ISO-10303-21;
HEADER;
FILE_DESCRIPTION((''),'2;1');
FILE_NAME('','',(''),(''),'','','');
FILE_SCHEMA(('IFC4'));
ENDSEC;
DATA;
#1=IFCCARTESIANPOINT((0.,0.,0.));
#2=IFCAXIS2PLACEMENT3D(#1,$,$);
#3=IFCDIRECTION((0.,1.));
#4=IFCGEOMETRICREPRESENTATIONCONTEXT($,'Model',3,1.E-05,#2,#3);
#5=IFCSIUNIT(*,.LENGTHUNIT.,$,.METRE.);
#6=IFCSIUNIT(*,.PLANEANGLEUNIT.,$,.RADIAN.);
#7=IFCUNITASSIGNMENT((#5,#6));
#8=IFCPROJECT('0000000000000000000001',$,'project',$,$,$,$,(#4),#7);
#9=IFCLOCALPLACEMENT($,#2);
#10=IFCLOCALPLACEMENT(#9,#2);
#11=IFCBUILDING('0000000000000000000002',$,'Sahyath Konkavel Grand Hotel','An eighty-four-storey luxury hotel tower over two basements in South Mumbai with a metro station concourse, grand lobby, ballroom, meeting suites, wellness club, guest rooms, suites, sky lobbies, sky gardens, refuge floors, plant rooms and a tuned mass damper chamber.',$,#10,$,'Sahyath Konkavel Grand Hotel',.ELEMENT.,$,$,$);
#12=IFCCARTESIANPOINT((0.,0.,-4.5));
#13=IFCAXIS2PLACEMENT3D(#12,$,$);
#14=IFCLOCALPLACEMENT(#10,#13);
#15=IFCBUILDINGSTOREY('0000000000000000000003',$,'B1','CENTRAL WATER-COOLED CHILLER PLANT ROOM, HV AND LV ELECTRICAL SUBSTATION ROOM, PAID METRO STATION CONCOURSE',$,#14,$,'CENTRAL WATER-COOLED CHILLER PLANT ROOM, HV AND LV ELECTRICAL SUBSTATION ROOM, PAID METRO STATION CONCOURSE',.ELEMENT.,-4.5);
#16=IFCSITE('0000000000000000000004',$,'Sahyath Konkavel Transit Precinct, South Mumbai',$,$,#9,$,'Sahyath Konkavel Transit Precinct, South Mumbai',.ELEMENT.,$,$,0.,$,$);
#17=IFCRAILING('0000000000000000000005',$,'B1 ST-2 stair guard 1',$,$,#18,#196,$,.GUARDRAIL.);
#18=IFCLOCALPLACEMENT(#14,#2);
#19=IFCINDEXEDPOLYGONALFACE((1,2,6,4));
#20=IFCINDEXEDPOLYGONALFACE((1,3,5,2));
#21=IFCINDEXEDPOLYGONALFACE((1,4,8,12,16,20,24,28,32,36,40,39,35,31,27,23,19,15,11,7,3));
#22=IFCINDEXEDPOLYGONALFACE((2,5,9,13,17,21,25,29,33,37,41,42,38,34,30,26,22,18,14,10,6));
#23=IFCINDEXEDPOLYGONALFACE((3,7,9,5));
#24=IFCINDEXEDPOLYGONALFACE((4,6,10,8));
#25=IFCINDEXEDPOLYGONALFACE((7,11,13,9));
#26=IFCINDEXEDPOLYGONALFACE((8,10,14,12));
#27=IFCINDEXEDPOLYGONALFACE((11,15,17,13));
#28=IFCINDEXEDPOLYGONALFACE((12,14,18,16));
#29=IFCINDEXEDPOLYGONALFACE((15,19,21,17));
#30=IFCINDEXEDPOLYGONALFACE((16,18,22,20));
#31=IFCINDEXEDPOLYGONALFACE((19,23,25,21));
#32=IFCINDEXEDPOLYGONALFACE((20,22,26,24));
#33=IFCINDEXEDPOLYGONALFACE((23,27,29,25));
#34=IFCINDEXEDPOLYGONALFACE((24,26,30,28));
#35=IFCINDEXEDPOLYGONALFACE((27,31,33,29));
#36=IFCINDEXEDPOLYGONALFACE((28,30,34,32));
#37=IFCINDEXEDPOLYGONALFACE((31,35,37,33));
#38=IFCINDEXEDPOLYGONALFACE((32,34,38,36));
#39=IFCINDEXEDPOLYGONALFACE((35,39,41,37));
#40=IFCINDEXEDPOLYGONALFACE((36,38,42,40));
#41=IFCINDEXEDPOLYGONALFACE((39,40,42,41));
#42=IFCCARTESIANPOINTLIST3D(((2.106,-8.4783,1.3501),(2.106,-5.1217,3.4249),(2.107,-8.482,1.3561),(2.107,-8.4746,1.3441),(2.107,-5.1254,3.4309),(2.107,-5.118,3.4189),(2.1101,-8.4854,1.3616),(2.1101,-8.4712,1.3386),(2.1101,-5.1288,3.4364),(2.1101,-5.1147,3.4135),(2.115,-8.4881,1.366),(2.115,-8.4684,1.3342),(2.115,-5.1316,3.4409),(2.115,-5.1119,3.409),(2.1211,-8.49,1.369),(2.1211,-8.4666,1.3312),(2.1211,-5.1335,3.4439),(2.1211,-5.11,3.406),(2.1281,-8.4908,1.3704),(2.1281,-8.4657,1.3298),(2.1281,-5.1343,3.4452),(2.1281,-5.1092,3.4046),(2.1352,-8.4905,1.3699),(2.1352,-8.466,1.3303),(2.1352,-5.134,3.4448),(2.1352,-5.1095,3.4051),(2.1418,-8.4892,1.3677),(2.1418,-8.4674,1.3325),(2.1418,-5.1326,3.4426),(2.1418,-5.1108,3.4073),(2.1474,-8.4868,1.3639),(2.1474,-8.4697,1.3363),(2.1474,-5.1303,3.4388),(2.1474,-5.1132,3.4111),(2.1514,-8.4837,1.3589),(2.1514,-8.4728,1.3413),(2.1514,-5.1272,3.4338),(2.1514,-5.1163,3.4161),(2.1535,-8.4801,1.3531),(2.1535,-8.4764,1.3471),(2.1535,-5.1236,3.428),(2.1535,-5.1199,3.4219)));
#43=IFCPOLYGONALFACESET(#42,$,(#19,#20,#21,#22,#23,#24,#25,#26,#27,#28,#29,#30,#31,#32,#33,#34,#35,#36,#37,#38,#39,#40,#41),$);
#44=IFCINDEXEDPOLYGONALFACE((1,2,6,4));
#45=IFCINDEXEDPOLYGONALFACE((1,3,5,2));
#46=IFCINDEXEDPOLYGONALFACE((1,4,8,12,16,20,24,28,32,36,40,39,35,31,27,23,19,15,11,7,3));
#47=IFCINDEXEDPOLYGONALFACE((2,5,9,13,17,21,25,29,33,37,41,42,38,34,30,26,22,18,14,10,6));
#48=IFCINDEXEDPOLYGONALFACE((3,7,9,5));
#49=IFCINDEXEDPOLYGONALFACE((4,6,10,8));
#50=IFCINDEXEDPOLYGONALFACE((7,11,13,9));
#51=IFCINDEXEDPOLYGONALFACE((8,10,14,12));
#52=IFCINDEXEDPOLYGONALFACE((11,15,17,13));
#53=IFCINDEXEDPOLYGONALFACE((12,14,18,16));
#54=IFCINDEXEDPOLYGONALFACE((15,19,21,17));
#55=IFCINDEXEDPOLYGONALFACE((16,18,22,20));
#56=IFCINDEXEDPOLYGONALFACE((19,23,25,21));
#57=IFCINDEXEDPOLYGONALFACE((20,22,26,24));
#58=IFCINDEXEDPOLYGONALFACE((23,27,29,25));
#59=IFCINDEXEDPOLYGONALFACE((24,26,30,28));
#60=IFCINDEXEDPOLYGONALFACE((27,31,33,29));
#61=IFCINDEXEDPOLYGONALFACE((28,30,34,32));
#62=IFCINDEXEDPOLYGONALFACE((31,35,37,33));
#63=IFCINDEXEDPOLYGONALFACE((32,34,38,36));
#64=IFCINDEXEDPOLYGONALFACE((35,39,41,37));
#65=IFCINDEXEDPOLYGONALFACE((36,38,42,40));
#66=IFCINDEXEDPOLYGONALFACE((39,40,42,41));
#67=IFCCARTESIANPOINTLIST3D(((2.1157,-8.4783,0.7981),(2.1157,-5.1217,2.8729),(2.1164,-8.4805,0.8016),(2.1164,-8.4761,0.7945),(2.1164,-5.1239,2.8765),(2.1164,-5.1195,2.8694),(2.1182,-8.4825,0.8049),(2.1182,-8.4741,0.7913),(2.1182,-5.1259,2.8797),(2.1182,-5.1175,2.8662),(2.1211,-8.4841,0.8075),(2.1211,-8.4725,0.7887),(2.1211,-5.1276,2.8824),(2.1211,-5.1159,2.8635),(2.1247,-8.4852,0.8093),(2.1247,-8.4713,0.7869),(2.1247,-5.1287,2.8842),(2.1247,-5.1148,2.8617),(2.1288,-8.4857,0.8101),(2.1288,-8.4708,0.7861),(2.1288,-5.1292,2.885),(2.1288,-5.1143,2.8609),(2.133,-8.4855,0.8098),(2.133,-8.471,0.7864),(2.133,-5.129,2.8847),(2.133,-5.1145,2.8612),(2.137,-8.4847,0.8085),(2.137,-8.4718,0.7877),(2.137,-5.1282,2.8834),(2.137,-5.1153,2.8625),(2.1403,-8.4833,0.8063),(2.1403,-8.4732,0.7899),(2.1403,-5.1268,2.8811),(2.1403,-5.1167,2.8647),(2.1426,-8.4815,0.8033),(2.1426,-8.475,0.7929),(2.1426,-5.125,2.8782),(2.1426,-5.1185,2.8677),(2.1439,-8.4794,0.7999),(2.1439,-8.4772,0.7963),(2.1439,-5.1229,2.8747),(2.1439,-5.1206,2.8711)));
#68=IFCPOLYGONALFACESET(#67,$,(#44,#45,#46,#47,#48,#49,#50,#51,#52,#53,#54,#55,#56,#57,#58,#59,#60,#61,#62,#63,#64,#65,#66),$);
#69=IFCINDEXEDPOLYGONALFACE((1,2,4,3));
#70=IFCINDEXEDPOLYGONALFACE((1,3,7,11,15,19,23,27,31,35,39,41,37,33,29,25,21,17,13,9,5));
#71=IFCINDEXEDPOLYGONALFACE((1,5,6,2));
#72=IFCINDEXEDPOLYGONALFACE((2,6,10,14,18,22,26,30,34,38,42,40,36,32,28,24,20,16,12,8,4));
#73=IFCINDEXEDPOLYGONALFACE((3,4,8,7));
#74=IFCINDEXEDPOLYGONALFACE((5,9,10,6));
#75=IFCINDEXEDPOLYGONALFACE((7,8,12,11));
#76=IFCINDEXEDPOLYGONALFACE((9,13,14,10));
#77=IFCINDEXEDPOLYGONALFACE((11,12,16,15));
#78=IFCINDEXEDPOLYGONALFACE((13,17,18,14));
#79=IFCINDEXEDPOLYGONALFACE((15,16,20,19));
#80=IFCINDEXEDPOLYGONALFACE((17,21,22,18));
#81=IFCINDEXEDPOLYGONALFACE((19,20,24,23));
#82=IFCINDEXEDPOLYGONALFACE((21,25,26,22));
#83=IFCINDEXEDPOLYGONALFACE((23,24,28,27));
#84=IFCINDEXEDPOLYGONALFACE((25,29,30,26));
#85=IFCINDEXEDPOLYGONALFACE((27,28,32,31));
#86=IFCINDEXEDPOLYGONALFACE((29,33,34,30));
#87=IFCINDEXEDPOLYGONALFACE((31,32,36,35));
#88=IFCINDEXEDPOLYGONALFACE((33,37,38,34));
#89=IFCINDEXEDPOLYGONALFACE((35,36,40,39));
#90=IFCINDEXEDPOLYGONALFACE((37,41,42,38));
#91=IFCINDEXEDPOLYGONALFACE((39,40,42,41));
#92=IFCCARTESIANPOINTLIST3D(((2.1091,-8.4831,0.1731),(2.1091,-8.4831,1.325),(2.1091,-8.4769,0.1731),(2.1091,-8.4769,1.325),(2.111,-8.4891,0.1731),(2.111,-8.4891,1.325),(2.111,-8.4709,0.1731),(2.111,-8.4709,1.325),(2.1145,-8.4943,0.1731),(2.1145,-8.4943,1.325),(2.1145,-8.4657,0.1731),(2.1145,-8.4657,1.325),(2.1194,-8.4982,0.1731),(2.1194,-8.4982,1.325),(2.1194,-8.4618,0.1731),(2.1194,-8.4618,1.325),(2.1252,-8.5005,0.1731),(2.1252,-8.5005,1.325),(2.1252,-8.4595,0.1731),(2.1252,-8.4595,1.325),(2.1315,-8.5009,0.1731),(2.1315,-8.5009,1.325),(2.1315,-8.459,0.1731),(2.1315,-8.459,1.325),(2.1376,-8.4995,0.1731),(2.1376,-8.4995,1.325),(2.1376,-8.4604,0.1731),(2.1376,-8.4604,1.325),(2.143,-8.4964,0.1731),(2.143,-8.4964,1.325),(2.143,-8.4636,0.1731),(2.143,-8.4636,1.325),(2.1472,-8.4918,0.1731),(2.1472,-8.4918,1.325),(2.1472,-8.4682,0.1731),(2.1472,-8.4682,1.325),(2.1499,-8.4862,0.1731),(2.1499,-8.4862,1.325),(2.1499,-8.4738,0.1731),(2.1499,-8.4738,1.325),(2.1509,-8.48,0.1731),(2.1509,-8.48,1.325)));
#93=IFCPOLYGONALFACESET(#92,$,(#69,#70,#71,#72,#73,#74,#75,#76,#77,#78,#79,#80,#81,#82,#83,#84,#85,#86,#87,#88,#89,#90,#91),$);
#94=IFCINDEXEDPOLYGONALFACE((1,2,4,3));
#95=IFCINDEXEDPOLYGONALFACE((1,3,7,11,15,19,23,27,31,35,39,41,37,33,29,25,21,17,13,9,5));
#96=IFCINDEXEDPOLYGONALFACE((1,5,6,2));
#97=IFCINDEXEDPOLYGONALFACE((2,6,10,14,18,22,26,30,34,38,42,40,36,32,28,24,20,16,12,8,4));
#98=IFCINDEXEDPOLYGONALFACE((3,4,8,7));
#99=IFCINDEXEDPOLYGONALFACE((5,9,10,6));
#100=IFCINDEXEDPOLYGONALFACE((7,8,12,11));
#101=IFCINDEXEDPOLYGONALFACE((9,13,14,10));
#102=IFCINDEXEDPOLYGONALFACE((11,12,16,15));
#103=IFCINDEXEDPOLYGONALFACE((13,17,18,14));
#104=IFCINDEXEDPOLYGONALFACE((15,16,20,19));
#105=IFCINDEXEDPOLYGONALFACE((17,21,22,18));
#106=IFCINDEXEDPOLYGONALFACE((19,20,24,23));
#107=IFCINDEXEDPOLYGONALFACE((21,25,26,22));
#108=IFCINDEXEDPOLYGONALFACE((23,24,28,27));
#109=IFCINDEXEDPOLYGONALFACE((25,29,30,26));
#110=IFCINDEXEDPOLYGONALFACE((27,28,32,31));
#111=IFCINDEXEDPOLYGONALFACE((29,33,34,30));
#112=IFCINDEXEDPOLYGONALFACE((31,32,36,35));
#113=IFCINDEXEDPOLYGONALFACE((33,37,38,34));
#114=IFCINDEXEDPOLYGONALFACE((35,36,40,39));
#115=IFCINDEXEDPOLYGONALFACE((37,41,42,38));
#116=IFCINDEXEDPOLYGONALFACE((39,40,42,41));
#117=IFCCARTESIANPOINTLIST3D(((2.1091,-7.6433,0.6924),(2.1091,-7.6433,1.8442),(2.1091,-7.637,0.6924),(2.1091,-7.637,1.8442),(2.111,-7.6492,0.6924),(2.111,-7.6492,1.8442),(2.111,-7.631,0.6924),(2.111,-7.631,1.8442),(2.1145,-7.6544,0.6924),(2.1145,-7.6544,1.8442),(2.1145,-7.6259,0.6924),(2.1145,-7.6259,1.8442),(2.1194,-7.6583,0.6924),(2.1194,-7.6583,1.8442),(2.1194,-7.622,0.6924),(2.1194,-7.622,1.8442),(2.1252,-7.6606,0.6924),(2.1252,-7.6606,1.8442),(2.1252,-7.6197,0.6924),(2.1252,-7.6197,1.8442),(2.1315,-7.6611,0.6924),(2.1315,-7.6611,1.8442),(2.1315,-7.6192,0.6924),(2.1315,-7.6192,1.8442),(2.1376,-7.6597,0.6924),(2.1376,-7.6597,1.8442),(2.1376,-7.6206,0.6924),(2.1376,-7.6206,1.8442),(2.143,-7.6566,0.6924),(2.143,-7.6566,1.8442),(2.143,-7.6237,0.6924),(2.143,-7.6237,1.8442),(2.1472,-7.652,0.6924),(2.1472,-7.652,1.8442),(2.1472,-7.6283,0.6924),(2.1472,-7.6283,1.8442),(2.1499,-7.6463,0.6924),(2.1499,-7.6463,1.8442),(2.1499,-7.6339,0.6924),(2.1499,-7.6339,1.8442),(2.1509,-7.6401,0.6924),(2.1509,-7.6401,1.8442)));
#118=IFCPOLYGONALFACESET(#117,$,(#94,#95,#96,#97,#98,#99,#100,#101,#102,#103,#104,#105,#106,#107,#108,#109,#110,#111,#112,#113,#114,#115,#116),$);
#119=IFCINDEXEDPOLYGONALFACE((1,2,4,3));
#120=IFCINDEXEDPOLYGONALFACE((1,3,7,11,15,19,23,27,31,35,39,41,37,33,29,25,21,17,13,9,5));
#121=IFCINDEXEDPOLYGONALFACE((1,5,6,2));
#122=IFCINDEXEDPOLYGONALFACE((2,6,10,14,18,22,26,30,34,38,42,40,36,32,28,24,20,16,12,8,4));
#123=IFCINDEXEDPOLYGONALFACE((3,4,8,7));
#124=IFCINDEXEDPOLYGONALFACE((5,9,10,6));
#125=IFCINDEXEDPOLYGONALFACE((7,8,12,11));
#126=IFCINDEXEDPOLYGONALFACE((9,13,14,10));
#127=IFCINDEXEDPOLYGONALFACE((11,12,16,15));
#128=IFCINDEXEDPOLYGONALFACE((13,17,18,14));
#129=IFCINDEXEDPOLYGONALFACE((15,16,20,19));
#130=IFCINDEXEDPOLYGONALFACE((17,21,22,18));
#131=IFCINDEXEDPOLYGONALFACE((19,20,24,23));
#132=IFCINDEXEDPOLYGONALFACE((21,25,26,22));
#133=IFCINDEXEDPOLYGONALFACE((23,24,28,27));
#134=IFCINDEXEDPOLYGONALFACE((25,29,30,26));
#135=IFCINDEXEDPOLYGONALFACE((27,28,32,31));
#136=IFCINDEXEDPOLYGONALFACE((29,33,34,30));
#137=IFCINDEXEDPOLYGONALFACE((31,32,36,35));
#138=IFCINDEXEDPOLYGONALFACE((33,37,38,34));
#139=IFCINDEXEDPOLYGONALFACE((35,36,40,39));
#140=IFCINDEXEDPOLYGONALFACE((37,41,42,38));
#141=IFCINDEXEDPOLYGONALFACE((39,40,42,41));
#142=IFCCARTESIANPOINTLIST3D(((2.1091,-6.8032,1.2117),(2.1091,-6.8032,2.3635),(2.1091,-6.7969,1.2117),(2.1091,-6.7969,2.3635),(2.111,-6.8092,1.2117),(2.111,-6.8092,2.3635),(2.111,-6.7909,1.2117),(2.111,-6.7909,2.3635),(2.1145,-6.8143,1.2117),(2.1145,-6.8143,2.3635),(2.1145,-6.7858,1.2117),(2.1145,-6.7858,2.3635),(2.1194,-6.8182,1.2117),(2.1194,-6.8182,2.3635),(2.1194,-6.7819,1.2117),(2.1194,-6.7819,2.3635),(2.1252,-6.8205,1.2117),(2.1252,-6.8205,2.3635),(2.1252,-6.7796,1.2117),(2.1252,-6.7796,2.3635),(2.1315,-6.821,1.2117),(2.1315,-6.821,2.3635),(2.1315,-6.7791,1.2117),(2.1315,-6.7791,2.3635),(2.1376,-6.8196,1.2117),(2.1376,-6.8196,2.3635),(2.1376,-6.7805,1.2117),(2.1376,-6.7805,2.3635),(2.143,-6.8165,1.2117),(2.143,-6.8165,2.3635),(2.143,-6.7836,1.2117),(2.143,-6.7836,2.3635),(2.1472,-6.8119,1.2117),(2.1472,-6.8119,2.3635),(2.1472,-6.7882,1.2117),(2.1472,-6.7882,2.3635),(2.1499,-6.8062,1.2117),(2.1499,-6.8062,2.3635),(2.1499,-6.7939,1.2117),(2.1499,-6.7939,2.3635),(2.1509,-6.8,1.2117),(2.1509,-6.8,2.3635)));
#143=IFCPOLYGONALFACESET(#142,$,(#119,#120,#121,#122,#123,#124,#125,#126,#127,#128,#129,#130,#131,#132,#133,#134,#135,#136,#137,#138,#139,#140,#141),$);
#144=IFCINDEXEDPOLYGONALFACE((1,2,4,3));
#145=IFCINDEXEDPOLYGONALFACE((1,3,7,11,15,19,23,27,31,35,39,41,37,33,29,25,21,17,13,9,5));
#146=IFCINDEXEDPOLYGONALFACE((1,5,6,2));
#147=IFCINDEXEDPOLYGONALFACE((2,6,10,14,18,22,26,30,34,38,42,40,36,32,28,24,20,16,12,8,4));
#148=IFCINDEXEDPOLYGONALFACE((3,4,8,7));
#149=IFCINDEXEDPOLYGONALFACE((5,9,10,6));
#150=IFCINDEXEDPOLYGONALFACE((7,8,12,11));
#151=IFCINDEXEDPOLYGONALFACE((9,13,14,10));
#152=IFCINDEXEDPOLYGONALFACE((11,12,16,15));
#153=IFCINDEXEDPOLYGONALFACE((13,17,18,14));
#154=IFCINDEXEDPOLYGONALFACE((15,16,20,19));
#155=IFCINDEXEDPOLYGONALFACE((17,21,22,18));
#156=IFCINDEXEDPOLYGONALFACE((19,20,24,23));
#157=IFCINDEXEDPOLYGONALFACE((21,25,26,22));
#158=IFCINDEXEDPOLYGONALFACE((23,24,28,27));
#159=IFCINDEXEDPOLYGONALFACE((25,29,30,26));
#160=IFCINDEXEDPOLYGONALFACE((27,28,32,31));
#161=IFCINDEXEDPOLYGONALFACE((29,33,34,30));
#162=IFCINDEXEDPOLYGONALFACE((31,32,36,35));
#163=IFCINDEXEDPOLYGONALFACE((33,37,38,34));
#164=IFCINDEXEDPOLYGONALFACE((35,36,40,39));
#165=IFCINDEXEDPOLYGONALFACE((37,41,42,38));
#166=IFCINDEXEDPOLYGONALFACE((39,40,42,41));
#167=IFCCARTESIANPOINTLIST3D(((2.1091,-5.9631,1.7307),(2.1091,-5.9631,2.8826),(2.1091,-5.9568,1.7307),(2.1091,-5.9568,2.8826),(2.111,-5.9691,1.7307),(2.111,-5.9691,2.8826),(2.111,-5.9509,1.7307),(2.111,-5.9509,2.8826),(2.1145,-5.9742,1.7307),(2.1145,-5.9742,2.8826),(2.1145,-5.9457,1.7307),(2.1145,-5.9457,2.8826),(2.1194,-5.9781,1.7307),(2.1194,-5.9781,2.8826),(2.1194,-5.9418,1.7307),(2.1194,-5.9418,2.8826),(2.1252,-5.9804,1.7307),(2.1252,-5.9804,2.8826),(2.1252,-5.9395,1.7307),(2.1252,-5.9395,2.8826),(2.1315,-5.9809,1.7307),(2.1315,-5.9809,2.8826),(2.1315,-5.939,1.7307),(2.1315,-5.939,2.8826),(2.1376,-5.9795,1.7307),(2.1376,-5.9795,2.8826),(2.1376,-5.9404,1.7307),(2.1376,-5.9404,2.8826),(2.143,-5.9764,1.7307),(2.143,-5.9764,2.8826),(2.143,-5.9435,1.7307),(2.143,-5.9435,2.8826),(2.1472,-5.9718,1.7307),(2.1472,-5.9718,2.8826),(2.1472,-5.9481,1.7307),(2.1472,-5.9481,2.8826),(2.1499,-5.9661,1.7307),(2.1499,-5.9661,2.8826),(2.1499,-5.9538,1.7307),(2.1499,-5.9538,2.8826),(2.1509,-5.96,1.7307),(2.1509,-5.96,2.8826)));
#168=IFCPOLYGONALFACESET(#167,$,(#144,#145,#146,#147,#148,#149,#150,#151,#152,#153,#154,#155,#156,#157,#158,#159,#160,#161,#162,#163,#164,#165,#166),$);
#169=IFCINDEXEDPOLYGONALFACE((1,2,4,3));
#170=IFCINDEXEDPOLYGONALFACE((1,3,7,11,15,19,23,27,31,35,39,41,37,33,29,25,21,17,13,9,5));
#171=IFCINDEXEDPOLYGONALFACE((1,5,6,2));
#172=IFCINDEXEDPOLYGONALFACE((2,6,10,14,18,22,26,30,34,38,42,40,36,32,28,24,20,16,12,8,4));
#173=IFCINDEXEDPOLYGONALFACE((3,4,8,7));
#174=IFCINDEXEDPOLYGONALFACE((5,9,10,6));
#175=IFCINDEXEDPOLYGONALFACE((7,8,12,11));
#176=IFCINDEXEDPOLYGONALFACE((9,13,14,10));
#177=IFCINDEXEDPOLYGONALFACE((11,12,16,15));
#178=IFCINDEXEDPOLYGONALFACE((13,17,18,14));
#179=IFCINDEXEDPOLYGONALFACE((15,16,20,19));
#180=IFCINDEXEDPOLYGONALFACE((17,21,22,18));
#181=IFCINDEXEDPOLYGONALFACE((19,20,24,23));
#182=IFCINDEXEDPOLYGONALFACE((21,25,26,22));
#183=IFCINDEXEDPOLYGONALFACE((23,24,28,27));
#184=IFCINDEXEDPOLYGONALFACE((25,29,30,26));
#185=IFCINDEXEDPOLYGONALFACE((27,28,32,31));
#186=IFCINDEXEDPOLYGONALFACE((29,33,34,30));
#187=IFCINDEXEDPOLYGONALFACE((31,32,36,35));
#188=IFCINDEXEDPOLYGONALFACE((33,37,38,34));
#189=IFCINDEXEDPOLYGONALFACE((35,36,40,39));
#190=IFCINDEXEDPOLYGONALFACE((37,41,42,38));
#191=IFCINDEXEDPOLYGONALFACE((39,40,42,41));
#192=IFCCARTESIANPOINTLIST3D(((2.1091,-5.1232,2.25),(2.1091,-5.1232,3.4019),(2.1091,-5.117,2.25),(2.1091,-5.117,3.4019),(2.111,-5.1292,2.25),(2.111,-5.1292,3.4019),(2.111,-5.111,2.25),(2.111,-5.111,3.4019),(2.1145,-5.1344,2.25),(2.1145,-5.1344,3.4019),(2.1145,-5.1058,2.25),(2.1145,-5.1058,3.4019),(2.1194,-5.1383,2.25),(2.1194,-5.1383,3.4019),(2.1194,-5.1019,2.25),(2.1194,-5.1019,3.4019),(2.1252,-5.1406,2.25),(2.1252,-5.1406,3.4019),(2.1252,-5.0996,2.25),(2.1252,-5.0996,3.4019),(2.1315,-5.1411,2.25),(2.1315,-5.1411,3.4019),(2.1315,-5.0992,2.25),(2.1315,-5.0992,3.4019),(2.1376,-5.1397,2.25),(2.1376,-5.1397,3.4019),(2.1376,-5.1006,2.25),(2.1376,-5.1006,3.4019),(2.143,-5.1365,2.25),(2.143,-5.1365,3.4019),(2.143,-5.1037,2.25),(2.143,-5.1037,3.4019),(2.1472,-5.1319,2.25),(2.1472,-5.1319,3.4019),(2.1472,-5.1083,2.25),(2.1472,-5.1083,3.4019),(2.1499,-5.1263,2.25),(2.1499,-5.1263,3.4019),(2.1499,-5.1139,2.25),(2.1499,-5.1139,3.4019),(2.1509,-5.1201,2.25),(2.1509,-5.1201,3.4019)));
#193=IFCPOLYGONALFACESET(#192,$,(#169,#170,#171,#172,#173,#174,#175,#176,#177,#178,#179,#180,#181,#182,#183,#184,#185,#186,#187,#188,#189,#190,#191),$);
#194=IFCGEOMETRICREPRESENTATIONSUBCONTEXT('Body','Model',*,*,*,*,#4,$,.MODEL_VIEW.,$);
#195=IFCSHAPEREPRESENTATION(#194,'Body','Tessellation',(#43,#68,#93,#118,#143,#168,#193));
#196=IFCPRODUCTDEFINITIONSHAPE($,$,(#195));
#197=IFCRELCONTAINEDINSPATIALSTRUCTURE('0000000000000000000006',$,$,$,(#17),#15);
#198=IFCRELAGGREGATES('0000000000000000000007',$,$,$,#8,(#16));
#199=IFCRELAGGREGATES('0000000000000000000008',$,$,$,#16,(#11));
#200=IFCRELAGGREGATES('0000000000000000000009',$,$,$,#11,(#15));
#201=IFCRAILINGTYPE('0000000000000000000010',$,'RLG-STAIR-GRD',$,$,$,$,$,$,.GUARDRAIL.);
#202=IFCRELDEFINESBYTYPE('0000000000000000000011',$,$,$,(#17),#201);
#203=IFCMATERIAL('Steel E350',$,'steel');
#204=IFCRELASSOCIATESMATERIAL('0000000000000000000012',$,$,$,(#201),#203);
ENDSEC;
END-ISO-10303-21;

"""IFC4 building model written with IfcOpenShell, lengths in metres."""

from ifc_helpers import new_model, si_unit, direction, frame, origin, origin_2d, place, context, subcontext, project, spatial, circle, extrude, material, type_object, element, save


model = new_model("IFC4")

# Units and contexts
model_context = context("Model", 3, precision=1e-05, world=origin(), true_north=direction((0.0, 1.0)))
body_context = subcontext(model_context, "Body", "Model", "MODEL_VIEW")
ifc_project = project(units=[si_unit("LENGTHUNIT", "METRE"), si_unit("PLANEANGLEUNIT", "RADIAN")], contexts=[model_context])

# Site, building, storey
site_placement = place(None, origin())
site = spatial("IfcSite", under=ifc_project, at=site_placement, Name="Sahyath Konkavel Transit Precinct, South Mumbai", LongName="Sahyath Konkavel Transit Precinct, South Mumbai", CompositionType="ELEMENT", RefElevation=0.0)
building_placement = place(site_placement, origin())
building = spatial("IfcBuilding", under=site, at=building_placement, Name="Sahyath Konkavel Grand Hotel", Description="An eighty-four-storey luxury hotel tower over two basements in South Mumbai with a metro station concourse, grand lobby, ballroom, meeting suites, wellness club, guest rooms, suites, sky lobbies, sky gardens, refuge floors, plant rooms and a tuned mass damper chamber.", LongName="Sahyath Konkavel Grand Hotel", CompositionType="ELEMENT")
storey_placement = place(building_placement, frame((0.0, 0.0, -4.5)))
storey = spatial("IfcBuildingStorey", under=building, at=storey_placement, Name="B1", Description="CENTRAL WATER-COOLED CHILLER PLANT ROOM, HV AND LV ELECTRICAL SUBSTATION ROOM, PAID METRO STATION CONCOURSE", LongName="CENTRAL WATER-COOLED CHILLER PLANT ROOM, HV AND LV ELECTRICAL SUBSTATION ROOM, PAID METRO STATION CONCOURSE", CompositionType="ELEMENT", Elevation=-4.5)

# Shared definitions
ifc_material_1 = material(Name="Steel E350", Category="steel")

# Railing
railing_type_1 = type_object("IfcRailingType", Name="RLG-STAIR-GRD", PredefinedType="GUARDRAIL", material=ifc_material_1)
railing_1_placement = place(storey_placement, frame((2.1299, -8.48, 0.1731)))
element("IfcRailing", 1, at=railing_1_placement, inside=storey, type_object=railing_type_1, Name="B1 ST-2 stair guard 1", PredefinedType="GUARDRAIL", context=body_context, shape_type="SweptSolid", body=[
    extrude(circle(Radius=0.0239, at=origin_2d()), frame((0.0, 0.0017, 1.177), z_axis=(0.0, 0.850606, 0.525803), x_axis=(-1.0, 0.0, 0.0)), (0.0, 0.0, 1.0), 3.946),
    extrude(circle(Radius=0.0142, at=origin_2d()), frame((0.0, 0.0017, 0.625), z_axis=(0.0, 0.850606, 0.525803), x_axis=(-1.0, 0.0, 0.0)), (0.0, 0.0, 1.0), 3.946),
    extrude(circle(Radius=0.021, at=origin_2d()), origin(), (0.0, 0.0, 1.0), 1.1519),
    extrude(circle(Radius=0.021, at=origin_2d()), frame((0.0, 0.8398, 0.5193)), (0.0, 0.0, 1.0), 1.1519),
    extrude(circle(Radius=0.021, at=origin_2d()), frame((0.0, 1.6799, 1.0386)), (0.0, 0.0, 1.0), 1.1519),
    extrude(circle(Radius=0.021, at=origin_2d()), frame((0.0, 2.52, 1.5576)), (0.0, 0.0, 1.0), 1.1519),
    extrude(circle(Radius=0.021, at=origin_2d()), frame((0.0, 3.3599, 2.0769)), (0.0, 0.0, 1.0), 1.1519),
])

save(model, "model.ifc")
